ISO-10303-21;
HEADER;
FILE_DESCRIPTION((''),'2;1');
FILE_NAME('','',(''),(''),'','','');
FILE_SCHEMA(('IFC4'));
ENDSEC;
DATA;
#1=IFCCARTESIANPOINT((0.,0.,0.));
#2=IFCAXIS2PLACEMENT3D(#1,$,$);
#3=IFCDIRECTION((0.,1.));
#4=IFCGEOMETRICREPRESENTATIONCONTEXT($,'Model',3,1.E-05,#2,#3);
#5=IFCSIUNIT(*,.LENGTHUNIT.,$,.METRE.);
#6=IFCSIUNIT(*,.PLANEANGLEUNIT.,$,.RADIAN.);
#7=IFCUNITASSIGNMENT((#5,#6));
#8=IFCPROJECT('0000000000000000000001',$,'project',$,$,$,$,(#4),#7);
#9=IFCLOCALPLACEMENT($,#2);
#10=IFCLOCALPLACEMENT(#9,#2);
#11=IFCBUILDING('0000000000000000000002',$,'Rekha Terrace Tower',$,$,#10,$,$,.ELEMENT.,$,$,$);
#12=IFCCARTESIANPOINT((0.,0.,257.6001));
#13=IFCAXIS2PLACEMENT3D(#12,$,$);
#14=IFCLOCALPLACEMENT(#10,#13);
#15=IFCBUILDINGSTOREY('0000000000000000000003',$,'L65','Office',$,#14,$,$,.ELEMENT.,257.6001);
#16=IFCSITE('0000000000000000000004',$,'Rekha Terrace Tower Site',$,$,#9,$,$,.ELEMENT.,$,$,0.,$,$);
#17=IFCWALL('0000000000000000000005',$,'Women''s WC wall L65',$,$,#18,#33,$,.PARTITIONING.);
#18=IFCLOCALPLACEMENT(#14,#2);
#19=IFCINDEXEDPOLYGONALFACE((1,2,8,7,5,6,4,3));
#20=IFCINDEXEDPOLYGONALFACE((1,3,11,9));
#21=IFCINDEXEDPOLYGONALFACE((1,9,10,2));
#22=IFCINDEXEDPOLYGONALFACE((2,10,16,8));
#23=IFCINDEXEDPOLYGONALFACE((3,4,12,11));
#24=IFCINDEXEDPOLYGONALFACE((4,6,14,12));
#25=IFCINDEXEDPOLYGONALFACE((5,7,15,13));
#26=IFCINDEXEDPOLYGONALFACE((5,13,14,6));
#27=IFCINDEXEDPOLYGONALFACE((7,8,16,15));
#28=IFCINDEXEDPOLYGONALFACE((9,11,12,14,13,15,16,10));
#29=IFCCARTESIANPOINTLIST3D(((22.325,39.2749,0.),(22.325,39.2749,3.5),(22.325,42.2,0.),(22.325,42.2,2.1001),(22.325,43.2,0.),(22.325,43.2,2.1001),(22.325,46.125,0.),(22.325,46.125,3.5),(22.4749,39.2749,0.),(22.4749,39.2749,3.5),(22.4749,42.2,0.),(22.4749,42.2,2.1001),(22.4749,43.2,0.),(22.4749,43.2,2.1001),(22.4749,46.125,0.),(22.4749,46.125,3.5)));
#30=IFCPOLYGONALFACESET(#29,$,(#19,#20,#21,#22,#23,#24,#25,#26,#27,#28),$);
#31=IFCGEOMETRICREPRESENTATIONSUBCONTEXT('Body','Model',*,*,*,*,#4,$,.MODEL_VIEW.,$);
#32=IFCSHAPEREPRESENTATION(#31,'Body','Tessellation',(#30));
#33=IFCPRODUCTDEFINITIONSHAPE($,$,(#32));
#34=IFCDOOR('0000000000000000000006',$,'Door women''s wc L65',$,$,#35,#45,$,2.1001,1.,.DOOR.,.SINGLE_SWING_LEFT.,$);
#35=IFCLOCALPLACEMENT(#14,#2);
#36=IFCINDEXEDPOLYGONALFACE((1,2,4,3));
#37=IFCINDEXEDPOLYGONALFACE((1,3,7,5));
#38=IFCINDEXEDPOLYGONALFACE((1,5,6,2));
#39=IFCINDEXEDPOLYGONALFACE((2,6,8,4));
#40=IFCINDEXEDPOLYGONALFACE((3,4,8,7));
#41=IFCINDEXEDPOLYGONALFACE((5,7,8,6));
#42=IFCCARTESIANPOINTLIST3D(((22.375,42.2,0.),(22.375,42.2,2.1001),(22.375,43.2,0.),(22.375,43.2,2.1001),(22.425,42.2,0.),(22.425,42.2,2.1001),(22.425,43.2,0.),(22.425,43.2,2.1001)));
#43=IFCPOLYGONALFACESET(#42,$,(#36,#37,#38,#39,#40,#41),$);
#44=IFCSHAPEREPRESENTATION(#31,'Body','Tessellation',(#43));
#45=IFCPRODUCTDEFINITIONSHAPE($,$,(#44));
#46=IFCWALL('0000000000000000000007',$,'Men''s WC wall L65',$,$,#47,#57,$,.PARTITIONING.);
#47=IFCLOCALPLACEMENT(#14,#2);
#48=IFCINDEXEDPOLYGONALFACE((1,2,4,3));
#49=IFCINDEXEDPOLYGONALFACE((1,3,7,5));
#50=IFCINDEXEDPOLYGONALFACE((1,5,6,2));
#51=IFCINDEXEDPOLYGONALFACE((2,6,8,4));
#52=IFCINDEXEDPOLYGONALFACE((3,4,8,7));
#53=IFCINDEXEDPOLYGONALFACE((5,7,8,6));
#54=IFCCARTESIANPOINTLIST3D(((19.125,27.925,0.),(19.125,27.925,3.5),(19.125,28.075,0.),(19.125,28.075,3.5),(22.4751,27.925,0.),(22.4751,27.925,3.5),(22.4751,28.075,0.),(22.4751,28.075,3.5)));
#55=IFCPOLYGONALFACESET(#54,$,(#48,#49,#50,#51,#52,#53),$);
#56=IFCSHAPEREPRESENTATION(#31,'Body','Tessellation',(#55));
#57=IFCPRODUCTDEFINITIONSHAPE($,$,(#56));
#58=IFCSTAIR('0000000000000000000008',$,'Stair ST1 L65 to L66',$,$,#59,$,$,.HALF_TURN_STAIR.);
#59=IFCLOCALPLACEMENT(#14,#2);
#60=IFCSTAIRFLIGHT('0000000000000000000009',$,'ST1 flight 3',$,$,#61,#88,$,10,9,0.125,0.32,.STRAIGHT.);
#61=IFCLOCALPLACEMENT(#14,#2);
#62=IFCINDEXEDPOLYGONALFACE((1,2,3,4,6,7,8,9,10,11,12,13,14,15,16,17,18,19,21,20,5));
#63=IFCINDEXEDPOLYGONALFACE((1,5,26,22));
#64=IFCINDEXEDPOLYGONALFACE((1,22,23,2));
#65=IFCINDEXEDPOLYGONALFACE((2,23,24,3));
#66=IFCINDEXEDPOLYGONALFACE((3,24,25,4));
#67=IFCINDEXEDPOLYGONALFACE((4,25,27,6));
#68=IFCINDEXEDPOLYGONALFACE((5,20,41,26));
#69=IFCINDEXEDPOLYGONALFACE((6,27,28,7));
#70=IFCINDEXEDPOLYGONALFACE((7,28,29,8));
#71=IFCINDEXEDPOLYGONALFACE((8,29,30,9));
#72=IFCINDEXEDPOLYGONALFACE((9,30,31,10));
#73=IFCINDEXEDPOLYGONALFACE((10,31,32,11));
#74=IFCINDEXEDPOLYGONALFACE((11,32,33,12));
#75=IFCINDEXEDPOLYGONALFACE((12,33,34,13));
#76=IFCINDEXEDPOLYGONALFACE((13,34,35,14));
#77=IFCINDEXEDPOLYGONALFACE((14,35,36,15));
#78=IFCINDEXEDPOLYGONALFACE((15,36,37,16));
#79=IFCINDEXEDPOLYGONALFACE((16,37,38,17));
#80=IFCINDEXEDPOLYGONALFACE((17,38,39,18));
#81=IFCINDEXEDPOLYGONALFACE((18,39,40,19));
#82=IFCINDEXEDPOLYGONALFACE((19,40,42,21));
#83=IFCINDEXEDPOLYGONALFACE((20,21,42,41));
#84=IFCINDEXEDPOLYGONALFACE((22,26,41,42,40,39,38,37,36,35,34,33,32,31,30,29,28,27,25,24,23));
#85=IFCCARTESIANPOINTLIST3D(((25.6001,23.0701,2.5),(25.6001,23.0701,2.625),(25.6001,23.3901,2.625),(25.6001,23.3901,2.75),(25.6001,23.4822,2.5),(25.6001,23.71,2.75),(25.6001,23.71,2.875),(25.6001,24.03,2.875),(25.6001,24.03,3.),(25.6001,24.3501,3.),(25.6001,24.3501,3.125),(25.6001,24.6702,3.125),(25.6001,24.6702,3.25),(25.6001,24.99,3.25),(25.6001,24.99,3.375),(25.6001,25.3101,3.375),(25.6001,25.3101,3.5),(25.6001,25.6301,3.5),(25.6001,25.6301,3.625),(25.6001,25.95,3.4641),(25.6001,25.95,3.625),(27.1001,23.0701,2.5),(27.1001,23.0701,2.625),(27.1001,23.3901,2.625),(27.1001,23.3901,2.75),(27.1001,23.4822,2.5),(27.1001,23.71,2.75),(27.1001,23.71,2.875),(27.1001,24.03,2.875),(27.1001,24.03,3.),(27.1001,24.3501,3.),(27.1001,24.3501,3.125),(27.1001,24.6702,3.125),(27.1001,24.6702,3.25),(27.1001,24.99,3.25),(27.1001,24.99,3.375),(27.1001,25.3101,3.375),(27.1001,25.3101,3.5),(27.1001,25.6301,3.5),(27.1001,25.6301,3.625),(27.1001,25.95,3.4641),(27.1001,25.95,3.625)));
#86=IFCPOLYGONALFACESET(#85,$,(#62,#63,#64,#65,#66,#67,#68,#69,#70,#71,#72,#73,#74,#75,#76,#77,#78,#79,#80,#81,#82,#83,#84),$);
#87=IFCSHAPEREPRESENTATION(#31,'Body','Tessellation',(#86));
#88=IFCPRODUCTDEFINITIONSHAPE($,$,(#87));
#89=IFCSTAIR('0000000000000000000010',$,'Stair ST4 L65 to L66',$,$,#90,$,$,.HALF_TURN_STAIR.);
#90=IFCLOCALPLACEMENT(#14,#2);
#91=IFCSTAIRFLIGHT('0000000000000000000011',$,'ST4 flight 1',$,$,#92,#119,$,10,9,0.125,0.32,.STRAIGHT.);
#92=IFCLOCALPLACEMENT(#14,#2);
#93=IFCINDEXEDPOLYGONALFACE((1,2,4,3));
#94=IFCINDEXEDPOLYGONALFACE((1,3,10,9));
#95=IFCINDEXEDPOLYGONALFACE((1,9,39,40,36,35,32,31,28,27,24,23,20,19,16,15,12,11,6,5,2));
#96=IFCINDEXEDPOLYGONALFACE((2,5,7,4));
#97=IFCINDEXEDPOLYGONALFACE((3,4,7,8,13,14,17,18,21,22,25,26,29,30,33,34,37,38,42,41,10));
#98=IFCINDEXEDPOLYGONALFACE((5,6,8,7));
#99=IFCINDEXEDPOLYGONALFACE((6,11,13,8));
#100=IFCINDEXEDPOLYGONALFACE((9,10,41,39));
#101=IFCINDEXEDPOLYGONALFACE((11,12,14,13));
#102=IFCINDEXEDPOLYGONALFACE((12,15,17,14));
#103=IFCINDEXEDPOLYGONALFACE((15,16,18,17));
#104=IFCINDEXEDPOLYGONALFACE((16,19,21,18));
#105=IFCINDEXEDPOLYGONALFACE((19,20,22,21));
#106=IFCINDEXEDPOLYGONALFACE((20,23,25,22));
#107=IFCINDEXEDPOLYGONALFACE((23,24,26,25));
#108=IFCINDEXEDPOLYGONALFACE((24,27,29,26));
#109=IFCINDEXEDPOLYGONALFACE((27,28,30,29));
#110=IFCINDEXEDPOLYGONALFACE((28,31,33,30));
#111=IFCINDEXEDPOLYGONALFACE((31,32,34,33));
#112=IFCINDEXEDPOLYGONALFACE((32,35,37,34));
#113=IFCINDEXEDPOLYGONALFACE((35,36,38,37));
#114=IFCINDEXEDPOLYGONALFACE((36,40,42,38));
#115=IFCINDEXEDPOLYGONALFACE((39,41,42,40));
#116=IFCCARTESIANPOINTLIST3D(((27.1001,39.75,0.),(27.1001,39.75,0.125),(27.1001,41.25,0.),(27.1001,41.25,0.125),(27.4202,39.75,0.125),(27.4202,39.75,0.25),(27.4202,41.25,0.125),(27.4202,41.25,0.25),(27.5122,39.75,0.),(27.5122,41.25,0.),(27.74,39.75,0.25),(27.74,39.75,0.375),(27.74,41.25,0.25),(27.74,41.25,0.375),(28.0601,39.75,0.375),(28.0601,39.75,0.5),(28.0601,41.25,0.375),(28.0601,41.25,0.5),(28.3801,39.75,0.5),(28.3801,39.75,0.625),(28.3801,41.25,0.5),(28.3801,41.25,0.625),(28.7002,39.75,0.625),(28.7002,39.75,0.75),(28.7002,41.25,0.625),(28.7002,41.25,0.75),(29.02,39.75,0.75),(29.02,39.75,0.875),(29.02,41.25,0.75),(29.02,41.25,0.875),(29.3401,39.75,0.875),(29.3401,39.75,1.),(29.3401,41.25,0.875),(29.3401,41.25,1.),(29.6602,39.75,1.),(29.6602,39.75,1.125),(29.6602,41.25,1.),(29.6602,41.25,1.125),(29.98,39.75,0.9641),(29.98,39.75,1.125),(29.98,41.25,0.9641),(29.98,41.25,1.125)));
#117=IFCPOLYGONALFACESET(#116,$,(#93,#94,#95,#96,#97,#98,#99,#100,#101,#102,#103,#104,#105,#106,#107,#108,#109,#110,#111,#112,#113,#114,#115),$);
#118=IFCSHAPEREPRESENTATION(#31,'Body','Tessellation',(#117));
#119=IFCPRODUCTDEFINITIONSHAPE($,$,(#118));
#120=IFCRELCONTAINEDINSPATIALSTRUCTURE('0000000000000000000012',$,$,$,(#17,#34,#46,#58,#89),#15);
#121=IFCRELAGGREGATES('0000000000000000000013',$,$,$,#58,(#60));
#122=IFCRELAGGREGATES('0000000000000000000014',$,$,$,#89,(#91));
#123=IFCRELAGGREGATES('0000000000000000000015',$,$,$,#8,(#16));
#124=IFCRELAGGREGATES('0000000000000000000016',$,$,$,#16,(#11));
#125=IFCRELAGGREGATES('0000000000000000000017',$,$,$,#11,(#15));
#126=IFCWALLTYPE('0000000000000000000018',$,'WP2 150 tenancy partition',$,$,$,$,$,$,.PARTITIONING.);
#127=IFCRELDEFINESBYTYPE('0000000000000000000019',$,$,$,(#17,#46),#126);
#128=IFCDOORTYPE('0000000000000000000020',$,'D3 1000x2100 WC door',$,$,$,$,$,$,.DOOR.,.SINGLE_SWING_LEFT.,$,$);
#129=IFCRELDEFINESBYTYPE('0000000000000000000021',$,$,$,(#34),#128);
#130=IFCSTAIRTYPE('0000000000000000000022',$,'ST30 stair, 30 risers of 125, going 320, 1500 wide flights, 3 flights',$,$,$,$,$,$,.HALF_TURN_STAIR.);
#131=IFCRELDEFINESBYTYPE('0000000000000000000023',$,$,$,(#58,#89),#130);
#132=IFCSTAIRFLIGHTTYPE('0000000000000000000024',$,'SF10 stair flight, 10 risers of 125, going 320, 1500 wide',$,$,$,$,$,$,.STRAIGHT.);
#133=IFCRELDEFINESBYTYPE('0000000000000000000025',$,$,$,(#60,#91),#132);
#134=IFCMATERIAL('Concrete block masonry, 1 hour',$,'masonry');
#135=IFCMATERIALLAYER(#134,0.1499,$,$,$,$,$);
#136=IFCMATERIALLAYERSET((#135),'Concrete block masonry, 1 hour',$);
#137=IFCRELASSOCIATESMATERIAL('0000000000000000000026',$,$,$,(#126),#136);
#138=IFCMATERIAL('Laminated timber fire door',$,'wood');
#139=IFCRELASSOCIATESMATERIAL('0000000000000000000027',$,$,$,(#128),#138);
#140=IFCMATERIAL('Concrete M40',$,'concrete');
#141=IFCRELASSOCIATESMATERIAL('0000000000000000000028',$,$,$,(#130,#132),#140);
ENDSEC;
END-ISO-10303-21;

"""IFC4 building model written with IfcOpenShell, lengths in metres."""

from ifc_helpers import new_model, si_unit, direction, frame, frame_2d, origin, place, context, subcontext, project, spatial, polyline, rectangle, outline, extrude, material, layer, layer_set, type_object, element, fill, aggregate, save


model = new_model("IFC4")

# Units and contexts
model_context = context("Model", 3, precision=1e-05, world=origin(), true_north=direction((0.0, 1.0)))
body_context = subcontext(model_context, "Body", "Model", "MODEL_VIEW")
ifc_project = project(units=[si_unit("LENGTHUNIT", "METRE"), si_unit("PLANEANGLEUNIT", "RADIAN")], contexts=[model_context])

# Site, building, storey
site_placement = place(None, origin())
site = spatial("IfcSite", under=ifc_project, at=site_placement, Name="Rekha Terrace Tower Site", CompositionType="ELEMENT", RefElevation=0.0)
building_placement = place(site_placement, origin())
building = spatial("IfcBuilding", under=site, at=building_placement, Name="Rekha Terrace Tower", CompositionType="ELEMENT")
storey_placement = place(building_placement, frame((0.0, 0.0, 257.6001)))
storey = spatial("IfcBuildingStorey", under=building, at=storey_placement, Name="L65", Description="Office", CompositionType="ELEMENT", Elevation=257.6001)

# Shared definitions
ifc_material_1 = material(Name="Concrete block masonry, 1 hour", Category="masonry")
ifc_layer_1 = layer(ifc_material_1, 0.1499)
ifc_layer_set_1 = layer_set([ifc_layer_1], Name="Concrete block masonry, 1 hour")
wall_type_1 = type_object("IfcWallType", Name="WP2 150 tenancy partition", PredefinedType="PARTITIONING", material=ifc_layer_set_1)

# Wall, opening, door
wall_1_placement = place(storey_placement, frame((22.3999, 39.2749, 0.0), z_axis=(0.0, 0.0, 1.0), x_axis=(0.0, 1.0, 0.0)))
wall_1 = element("IfcWall", 1, at=wall_1_placement, inside=storey, type_object=wall_type_1, Name="Women's WC wall L65", PredefinedType="PARTITIONING", context=body_context, shape_type="SweptSolid", body=[
    extrude(rectangle(XDim=6.8501, YDim=0.1499, at=frame_2d((3.425, 0.0))), origin(), (0.0, 0.0, 1.0), 3.5),
])
opening_1_placement = place(wall_1_placement, frame((2.925, 0.0, 0.0)))
opening_1 = element("IfcOpeningElement", 2, at=opening_1_placement, cuts=wall_1, PredefinedType="OPENING", context=body_context, shape_type="SweptSolid", body=[
    extrude(rectangle(XDim=1.0, YDim=2.1001, at=frame_2d((0.5, 1.05))), frame((0.0, 0.085, 0.0), z_axis=(0.0, -1.0, 0.0), x_axis=(1.0, 0.0, 0.0)), (0.0, 0.0, 1.0), 0.1699),
])
ifc_material_2 = material(Name="Laminated timber fire door", Category="wood")
door_type_1 = type_object("IfcDoorType", Name="D3 1000x2100 WC door", OperationType="SINGLE_SWING_LEFT", PredefinedType="DOOR", material=ifc_material_2)
door_1_placement = place(opening_1_placement, origin())
door_1 = element("IfcDoor", 3, at=door_1_placement, inside=storey, type_object=door_type_1, Name="Door women's wc L65", OperationType="SINGLE_SWING_LEFT", OverallHeight=2.1001, OverallWidth=1.0, PredefinedType="DOOR", context=body_context, shape_type="SweptSolid", body=[
    extrude(rectangle(XDim=1.0, YDim=2.1001, at=frame_2d((0.5, 1.05))), frame((0.0, 0.0249, 0.0), z_axis=(0.0, -1.0, 0.0), x_axis=(1.0, 0.0, 0.0)), (0.0, 0.0, 1.0), 0.05),
])
fill(opening_1, door_1)

# Wall
wall_2_placement = place(storey_placement, frame((19.125, 28.0, 0.0), z_axis=(0.0, 0.0, 1.0), x_axis=(1.0, 0.0, 0.0)))
element("IfcWall", 4, at=wall_2_placement, inside=storey, type_object=wall_type_1, Name="Men's WC wall L65", PredefinedType="PARTITIONING", context=body_context, shape_type="SweptSolid", body=[
    extrude(rectangle(XDim=3.3501, YDim=0.1499, at=frame_2d((1.675, 0.0))), origin(), (0.0, 0.0, 1.0), 3.5),
])

# Stairs, stair flights
ifc_material_3 = material(Name="Concrete M40", Category="concrete")
stair_type = type_object("IfcStairType", Name="ST30 stair, 30 risers of 125, going 320, 1500 wide flights, 3 flights", PredefinedType="HALF_TURN_STAIR", material=ifc_material_3)
stair_1_placement = place(storey_placement, origin())
stair_1 = element("IfcStair", 5, at=stair_1_placement, inside=storey, type_object=stair_type, Name="Stair ST1 L65 to L66", PredefinedType="HALF_TURN_STAIR")
stair_flight_type = type_object("IfcStairFlightType", Name="SF10 stair flight, 10 risers of 125, going 320, 1500 wide", PredefinedType="STRAIGHT", material=ifc_material_3)
stair_flight_1_placement = place(storey_placement, frame((26.3501, 23.0701, 2.5), z_axis=(0.0, 0.0, 1.0), x_axis=(0.0, 1.0, 0.0)))
stair_flight_1 = element("IfcStairFlight", 6, at=stair_flight_1_placement, type_object=stair_flight_type, Name="ST1 flight 3", NumberOfRisers=10, NumberOfTreads=9, PredefinedType="STRAIGHT", RiserHeight=0.125, TreadLength=0.32, context=body_context, shape_type="SweptSolid", body=[
    extrude(outline(polyline([(0.0, 0.0), (0.0, 0.125), (0.3201, 0.125), (0.3201, 0.25), (0.6399, 0.25), (0.6399, 0.375), (0.96, 0.375), (0.96, 0.5), (1.28, 0.5), (1.28, 0.625), (1.6001, 0.625), (1.6001, 0.75), (1.9199, 0.75), (1.9199, 0.875), (2.24, 0.875), (2.24, 1.0), (2.5601, 1.0), (2.5601, 1.125), (2.8799, 1.125), (2.8799, 1.25), (2.8799, 0.9641), (0.4121, 0.0), (0.0, 0.0)])), frame((0.0, 0.75, 0.0), z_axis=(0.0, -1.0, 0.0), x_axis=(1.0, 0.0, 0.0)), (0.0, 0.0, 1.0), 1.5),
])
aggregate(stair_1, [stair_flight_1])
stair_2_placement = place(storey_placement, origin())
stair_2 = element("IfcStair", 7, at=stair_2_placement, inside=storey, type_object=stair_type, Name="Stair ST4 L65 to L66", PredefinedType="HALF_TURN_STAIR")
stair_flight_2_placement = place(storey_placement, frame((27.1001, 40.5, 0.0), z_axis=(0.0, 0.0, 1.0), x_axis=(1.0, 0.0, 0.0)))
stair_flight_2 = element("IfcStairFlight", 8, at=stair_flight_2_placement, type_object=stair_flight_type, Name="ST4 flight 1", NumberOfRisers=10, NumberOfTreads=9, PredefinedType="STRAIGHT", RiserHeight=0.125, TreadLength=0.32, context=body_context, shape_type="SweptSolid", body=[
    extrude(outline(polyline([(0.0, 0.0), (0.0, 0.125), (0.3201, 0.125), (0.3201, 0.25), (0.6399, 0.25), (0.6399, 0.375), (0.96, 0.375), (0.96, 0.5), (1.28, 0.5), (1.28, 0.625), (1.6001, 0.625), (1.6001, 0.75), (1.9199, 0.75), (1.9199, 0.875), (2.24, 0.875), (2.24, 1.0), (2.5601, 1.0), (2.5601, 1.125), (2.8799, 1.125), (2.8799, 1.25), (2.8799, 0.9641), (0.4121, 0.0), (0.0, 0.0)])), frame((0.0, 0.75, 0.0), z_axis=(0.0, -1.0, 0.0), x_axis=(1.0, 0.0, 0.0)), (0.0, 0.0, 1.0), 1.5),
])
aggregate(stair_2, [stair_flight_2])

save(model, "model.ifc")
